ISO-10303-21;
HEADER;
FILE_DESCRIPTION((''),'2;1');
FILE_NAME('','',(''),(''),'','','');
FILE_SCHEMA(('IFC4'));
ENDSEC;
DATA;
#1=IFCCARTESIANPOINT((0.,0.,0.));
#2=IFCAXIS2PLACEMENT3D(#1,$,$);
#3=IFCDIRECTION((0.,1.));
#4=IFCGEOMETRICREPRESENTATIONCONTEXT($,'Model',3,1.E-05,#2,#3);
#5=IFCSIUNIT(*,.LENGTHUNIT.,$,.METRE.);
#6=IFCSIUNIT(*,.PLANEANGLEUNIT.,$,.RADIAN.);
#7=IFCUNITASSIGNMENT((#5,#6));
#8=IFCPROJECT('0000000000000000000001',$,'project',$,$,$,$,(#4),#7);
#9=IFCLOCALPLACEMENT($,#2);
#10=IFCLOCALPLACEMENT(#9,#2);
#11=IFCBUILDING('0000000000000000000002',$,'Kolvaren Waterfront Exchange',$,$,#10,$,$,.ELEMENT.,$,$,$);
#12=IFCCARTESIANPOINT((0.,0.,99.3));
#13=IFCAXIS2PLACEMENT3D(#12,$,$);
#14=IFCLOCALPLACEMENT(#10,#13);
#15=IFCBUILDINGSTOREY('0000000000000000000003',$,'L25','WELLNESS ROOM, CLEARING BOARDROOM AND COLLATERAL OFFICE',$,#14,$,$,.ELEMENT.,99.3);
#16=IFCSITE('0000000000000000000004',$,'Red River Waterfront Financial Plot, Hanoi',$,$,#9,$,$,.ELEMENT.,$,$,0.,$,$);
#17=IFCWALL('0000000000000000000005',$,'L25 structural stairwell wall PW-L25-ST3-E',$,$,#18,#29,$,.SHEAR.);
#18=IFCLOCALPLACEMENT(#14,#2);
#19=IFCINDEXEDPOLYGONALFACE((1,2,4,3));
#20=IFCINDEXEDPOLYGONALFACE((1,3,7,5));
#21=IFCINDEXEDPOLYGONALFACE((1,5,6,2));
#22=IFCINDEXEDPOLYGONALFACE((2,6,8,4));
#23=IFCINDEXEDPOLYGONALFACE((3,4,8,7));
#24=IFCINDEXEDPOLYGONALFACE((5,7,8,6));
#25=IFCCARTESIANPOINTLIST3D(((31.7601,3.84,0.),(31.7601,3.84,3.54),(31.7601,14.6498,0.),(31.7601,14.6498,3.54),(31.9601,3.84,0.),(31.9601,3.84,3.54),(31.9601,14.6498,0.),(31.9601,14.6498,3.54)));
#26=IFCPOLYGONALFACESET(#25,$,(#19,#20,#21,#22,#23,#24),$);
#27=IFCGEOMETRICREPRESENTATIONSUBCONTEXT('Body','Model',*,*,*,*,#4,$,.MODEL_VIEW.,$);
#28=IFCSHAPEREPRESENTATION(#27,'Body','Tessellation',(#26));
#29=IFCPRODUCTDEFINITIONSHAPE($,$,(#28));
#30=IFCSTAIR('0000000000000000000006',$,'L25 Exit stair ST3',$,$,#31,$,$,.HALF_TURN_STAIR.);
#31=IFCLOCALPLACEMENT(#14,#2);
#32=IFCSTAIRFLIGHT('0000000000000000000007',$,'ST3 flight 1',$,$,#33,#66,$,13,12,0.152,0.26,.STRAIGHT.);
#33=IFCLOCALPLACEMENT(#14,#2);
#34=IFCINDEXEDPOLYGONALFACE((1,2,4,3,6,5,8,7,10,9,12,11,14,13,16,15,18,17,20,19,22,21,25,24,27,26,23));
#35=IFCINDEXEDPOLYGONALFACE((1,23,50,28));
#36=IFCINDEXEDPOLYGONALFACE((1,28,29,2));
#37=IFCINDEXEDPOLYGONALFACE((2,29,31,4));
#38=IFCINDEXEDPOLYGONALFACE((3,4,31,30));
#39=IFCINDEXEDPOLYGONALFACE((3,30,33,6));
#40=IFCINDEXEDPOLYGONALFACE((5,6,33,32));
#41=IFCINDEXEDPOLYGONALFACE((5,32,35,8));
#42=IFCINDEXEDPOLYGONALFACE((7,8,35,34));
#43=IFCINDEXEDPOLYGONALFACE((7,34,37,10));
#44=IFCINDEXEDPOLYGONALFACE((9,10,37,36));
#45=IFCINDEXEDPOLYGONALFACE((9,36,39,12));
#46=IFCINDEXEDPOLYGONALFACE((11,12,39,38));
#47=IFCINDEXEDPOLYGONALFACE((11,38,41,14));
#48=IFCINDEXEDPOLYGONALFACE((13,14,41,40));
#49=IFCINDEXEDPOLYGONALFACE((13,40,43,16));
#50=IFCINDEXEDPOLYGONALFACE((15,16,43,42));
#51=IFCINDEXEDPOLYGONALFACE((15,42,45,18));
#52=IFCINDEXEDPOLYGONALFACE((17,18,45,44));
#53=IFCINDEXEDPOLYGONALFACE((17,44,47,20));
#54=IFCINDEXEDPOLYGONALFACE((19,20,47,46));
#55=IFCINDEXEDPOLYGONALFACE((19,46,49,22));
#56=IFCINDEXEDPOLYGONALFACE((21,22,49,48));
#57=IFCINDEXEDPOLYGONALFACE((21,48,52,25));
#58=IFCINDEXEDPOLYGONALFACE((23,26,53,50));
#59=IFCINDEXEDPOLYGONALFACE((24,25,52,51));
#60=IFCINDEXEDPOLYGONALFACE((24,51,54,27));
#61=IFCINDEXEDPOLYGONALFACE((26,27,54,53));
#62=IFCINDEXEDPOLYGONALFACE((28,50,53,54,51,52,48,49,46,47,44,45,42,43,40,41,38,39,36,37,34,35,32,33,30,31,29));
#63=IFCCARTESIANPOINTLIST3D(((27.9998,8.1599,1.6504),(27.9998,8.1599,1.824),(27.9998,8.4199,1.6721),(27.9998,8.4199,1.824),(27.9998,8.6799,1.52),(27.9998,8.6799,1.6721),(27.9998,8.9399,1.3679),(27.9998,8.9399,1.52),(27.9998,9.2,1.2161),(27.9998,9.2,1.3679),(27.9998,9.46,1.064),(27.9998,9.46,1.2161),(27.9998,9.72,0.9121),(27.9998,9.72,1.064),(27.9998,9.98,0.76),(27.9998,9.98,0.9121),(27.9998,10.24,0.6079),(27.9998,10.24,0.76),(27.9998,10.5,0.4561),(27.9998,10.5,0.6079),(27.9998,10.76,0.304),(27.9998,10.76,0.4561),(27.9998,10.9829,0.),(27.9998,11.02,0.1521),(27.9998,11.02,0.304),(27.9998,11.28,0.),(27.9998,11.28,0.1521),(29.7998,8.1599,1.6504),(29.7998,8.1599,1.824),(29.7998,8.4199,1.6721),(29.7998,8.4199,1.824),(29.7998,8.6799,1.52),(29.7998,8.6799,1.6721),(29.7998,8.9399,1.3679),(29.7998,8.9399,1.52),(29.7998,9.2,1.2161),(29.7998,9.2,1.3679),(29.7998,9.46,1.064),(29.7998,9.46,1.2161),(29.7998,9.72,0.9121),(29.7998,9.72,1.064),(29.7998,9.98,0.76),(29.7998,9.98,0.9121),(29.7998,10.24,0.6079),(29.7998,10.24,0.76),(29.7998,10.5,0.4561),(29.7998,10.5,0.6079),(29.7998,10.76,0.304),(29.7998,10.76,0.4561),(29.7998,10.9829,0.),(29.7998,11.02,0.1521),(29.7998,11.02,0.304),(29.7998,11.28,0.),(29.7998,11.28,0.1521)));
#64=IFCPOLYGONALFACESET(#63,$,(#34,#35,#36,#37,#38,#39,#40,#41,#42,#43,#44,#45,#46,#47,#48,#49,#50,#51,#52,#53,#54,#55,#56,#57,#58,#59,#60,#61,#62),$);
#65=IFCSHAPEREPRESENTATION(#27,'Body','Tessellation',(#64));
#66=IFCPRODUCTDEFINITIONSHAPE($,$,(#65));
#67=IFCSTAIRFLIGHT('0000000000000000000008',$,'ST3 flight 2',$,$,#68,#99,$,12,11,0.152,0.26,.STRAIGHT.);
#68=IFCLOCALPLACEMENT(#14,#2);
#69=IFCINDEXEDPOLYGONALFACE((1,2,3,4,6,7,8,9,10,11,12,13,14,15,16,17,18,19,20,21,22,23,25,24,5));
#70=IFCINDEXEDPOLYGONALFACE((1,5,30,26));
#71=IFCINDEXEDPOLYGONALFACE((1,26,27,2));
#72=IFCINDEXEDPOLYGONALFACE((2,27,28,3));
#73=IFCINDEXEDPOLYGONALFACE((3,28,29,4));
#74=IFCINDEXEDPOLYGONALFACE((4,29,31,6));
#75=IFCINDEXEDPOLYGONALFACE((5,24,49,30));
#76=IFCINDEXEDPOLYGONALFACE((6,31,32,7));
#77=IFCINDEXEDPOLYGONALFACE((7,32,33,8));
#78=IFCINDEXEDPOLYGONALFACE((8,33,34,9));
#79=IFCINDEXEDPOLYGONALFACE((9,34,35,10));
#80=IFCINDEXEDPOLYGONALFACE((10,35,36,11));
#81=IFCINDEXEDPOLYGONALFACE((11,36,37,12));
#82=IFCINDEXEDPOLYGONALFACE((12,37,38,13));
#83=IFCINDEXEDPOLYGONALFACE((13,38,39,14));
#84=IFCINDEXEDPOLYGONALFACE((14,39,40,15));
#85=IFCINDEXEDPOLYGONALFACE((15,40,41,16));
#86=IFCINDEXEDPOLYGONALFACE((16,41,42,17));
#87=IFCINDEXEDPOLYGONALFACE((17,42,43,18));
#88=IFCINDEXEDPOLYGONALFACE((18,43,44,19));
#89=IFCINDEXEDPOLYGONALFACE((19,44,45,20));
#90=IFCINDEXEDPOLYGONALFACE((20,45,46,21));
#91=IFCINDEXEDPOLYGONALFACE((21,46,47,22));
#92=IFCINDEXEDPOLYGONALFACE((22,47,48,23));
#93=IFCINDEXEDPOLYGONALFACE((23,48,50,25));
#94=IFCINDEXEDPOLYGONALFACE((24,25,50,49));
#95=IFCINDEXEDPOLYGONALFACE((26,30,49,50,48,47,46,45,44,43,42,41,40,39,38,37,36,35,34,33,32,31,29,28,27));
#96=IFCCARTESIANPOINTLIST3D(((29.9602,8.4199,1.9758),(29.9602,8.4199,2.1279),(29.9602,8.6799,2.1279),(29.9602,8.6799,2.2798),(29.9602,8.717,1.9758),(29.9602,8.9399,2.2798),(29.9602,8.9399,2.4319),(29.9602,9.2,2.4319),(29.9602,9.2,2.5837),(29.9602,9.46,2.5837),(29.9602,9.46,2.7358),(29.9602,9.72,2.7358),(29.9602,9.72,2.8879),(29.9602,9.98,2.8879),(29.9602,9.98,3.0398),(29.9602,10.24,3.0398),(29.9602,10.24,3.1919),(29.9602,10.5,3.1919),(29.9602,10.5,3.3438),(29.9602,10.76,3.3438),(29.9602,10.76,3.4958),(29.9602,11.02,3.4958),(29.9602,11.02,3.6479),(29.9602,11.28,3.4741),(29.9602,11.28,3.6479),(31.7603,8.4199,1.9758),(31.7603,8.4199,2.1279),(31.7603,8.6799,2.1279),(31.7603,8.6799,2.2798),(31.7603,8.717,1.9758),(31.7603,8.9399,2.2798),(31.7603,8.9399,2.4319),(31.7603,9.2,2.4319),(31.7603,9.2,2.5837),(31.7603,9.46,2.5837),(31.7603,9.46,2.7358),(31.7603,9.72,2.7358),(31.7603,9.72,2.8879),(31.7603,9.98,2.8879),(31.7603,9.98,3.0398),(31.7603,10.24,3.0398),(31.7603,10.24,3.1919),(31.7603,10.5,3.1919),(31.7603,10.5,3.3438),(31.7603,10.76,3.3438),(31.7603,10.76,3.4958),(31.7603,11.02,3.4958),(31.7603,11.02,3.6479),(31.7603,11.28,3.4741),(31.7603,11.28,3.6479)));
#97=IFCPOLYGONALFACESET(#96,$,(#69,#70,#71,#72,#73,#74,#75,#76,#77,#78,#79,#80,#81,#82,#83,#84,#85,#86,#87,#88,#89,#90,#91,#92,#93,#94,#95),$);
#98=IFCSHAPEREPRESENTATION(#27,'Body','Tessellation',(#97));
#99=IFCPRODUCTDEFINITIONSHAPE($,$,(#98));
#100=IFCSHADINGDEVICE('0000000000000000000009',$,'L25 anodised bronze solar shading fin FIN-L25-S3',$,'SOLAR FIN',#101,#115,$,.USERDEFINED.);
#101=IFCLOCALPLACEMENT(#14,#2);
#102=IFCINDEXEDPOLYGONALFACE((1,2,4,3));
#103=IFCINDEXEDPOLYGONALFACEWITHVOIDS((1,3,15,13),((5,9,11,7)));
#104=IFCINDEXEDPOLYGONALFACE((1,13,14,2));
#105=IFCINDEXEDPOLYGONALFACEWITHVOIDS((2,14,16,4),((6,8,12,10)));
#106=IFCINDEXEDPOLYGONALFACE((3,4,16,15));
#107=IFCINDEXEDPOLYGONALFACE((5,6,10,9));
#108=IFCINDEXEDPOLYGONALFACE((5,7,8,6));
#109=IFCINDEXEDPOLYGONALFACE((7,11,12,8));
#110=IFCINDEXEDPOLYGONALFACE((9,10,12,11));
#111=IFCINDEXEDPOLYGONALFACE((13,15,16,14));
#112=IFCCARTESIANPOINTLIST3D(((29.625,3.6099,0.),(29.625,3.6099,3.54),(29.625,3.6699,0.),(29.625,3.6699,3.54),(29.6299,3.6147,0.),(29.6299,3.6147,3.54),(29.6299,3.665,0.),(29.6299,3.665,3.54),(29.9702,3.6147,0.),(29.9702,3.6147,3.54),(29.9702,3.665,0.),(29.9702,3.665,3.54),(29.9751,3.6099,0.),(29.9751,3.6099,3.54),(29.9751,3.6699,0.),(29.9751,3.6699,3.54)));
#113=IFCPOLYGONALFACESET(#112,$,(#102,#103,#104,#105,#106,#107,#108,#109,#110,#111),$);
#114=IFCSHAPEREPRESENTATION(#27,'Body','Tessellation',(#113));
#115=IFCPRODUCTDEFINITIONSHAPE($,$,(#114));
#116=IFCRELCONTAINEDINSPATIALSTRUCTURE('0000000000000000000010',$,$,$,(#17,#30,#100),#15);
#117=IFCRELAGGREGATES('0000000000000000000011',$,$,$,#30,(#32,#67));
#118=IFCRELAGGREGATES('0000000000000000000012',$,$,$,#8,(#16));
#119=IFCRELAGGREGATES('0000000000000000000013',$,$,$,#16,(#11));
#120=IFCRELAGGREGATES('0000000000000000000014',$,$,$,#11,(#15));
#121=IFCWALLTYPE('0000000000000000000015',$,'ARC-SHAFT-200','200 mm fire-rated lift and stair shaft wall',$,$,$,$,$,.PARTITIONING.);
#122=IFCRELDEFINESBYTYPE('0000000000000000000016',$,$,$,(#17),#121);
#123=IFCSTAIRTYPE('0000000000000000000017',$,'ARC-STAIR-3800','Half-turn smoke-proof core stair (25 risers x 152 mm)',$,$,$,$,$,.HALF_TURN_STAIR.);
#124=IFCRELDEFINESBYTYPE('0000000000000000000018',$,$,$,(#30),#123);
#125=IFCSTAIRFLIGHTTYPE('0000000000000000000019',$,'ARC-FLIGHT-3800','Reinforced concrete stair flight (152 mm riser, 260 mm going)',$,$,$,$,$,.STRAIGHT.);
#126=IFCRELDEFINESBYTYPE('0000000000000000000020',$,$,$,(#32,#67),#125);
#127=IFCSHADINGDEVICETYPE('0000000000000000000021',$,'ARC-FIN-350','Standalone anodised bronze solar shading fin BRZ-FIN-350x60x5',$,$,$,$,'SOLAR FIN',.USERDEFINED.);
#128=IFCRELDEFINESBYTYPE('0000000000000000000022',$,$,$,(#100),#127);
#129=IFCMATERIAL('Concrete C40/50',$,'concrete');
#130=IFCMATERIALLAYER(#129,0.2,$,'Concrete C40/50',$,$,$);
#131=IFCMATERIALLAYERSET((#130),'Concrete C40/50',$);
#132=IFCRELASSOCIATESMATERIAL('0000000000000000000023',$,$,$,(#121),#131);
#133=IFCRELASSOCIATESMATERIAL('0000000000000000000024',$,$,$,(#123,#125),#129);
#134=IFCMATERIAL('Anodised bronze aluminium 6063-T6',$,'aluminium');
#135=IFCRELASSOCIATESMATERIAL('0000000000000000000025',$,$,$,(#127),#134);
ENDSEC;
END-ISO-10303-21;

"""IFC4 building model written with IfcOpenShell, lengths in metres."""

from ifc_helpers import new_model, si_unit, direction, frame, frame_2d, origin, origin_2d, place, context, subcontext, project, spatial, polyline, rectangle, hollow_rectangle, outline, extrude, material, layer, layer_set, material_profile, profile_set, type_object, element, aggregate, save


model = new_model("IFC4")

# Units and contexts
model_context = context("Model", 3, precision=1e-05, world=origin(), true_north=direction((0.0, 1.0)))
body_context = subcontext(model_context, "Body", "Model", "MODEL_VIEW")
ifc_project = project(units=[si_unit("LENGTHUNIT", "METRE"), si_unit("PLANEANGLEUNIT", "RADIAN")], contexts=[model_context])

# Site, building, storey
site_placement = place(None, origin())
site = spatial("IfcSite", under=ifc_project, at=site_placement, Name="Red River Waterfront Financial Plot, Hanoi", CompositionType="ELEMENT", RefElevation=0.0)
building_placement = place(site_placement, origin())
building = spatial("IfcBuilding", under=site, at=building_placement, Name="Kolvaren Waterfront Exchange", CompositionType="ELEMENT")
storey_placement = place(building_placement, frame((0.0, 0.0, 99.3)))
storey = spatial("IfcBuildingStorey", under=building, at=storey_placement, Name="L25", Description="WELLNESS ROOM, CLEARING BOARDROOM AND COLLATERAL OFFICE", CompositionType="ELEMENT", Elevation=99.3)

# Shared definitions
ifc_material_1 = material(Name="Anodised bronze aluminium 6063-T6", Category="aluminium")

# Wall
ifc_material_2 = material(Name="Concrete C40/50", Category="concrete")
ifc_layer_1 = layer(ifc_material_2, 0.2, Name="Concrete C40/50")
ifc_layer_set_1 = layer_set([ifc_layer_1], Name="Concrete C40/50")
wall_type = type_object("IfcWallType", Name="ARC-SHAFT-200", Description="200 mm fire-rated lift and stair shaft wall", PredefinedType="PARTITIONING", material=ifc_layer_set_1)
wall_placement = place(storey_placement, frame((31.8601, 3.8401, 0.0), z_axis=(0.0, 0.0, 1.0), x_axis=(0.0, 1.0, 0.0)))
element("IfcWall", 1, at=wall_placement, inside=storey, type_object=wall_type, Name="L25 structural stairwell wall PW-L25-ST3-E", PredefinedType="SHEAR", context=body_context, shape_type="SweptSolid", body=[
    extrude(rectangle(XDim=10.8098, YDim=0.2, at=frame_2d((5.4048, 0.0))), origin(), (0.0, 0.0, 1.0), 3.54),
])

# Stair, stair flights
stair_type = type_object("IfcStairType", Name="ARC-STAIR-3800", Description="Half-turn smoke-proof core stair (25 risers x 152 mm)", PredefinedType="HALF_TURN_STAIR", material=ifc_material_2)
stair_placement = place(storey_placement, origin())
stair = element("IfcStair", 2, at=stair_placement, inside=storey, type_object=stair_type, Name="L25 Exit stair ST3", PredefinedType="HALF_TURN_STAIR")
stair_flight_type = type_object("IfcStairFlightType", Name="ARC-FLIGHT-3800", Description="Reinforced concrete stair flight (152 mm riser, 260 mm going)", PredefinedType="STRAIGHT", material=ifc_material_2)
stair_flight_1_placement = place(storey_placement, frame((28.8999, 11.28, 0.0), z_axis=(0.0, 0.0, 1.0), x_axis=(0.0, -1.0, 0.0)))
stair_flight_1 = element("IfcStairFlight", 3, at=stair_flight_1_placement, type_object=stair_flight_type, Name="ST3 flight 1", NumberOfRisers=13, NumberOfTreads=12, PredefinedType="STRAIGHT", RiserHeight=0.152, TreadLength=0.26, context=body_context, shape_type="SweptSolid", body=[
    extrude(outline(polyline([(0.0, 0.0), (0.0, 0.1521), (0.26, 0.1521), (0.26, 0.304), (0.52, 0.304), (0.52, 0.4561), (0.78, 0.4561), (0.78, 0.6079), (1.04, 0.6079), (1.04, 0.76), (1.3, 0.76), (1.3, 0.9121), (1.5601, 0.9121), (1.5601, 1.064), (1.8201, 1.064), (1.8201, 1.2161), (2.0801, 1.2161), (2.0801, 1.3679), (2.3401, 1.3679), (2.3401, 1.52), (2.6001, 1.52), (2.6001, 1.6721), (2.8601, 1.6721), (2.8601, 1.824), (3.1201, 1.824), (3.1201, 1.9761), (3.1201, 1.6504), (0.2971, 0.0), (0.0, 0.0)])), frame((0.0, 0.8999, 0.0), z_axis=(0.0, -1.0, 0.0), x_axis=(1.0, 0.0, 0.0)), (0.0, 0.0, 1.0), 1.8),
])
stair_flight_2_placement = place(storey_placement, frame((30.8601, 8.4199, 1.9758), z_axis=(0.0, 0.0, 1.0), x_axis=(0.0, 1.0, 0.0)))
stair_flight_2 = element("IfcStairFlight", 4, at=stair_flight_2_placement, type_object=stair_flight_type, Name="ST3 flight 2", NumberOfRisers=12, NumberOfTreads=11, PredefinedType="STRAIGHT", RiserHeight=0.152, TreadLength=0.26, context=body_context, shape_type="SweptSolid", body=[
    extrude(outline(polyline([(0.0, 0.0), (0.0, 0.1521), (0.26, 0.1521), (0.26, 0.304), (0.52, 0.304), (0.52, 0.4561), (0.78, 0.4561), (0.78, 0.6079), (1.04, 0.6079), (1.04, 0.76), (1.3, 0.76), (1.3, 0.9121), (1.5601, 0.9121), (1.5601, 1.064), (1.8201, 1.064), (1.8201, 1.2161), (2.0801, 1.2161), (2.0801, 1.3679), (2.3401, 1.3679), (2.3401, 1.52), (2.6001, 1.52), (2.6001, 1.6721), (2.8601, 1.6721), (2.8601, 1.824), (2.8601, 1.4983), (0.2971, 0.0), (0.0, 0.0)])), frame((0.0, 0.8999, 0.0), z_axis=(0.0, -1.0, 0.0), x_axis=(1.0, 0.0, 0.0)), (0.0, 0.0, 1.0), 1.8),
])
aggregate(stair, [stair_flight_1, stair_flight_2])

# Shading device
ifc_material_profile_1 = material_profile(ifc_material_1, hollow_rectangle(XDim=0.0601, YDim=0.3501, WallThickness=0.0049, at=origin_2d()), Name="BRZ-FIN-350x60x5")
ifc_profile_set_1 = profile_set([ifc_material_profile_1], Name="Anodised bronze aluminium 6063-T6")
shading_device_type = type_object("IfcShadingDeviceType", Name="ARC-FIN-350", Description="Standalone anodised bronze solar shading fin BRZ-FIN-350x60x5", ElementType="SOLAR FIN", PredefinedType="USERDEFINED", material=ifc_profile_set_1)
shading_device_placement = place(storey_placement, frame((29.8, 3.6399, 0.0), z_axis=(0.0, 0.0, 1.0), x_axis=(0.0, -1.0, 0.0)))
element("IfcShadingDevice", 5, at=shading_device_placement, inside=storey, type_object=shading_device_type, Name="L25 anodised bronze solar shading fin FIN-L25-S3", ObjectType="SOLAR FIN", PredefinedType="USERDEFINED", context=body_context, shape_type="SweptSolid", body=[
    extrude(hollow_rectangle(XDim=0.0601, YDim=0.3501, WallThickness=0.0049, at=origin_2d()), origin(), (0.0, 0.0, 1.0), 3.54),
])

save(model, "model.ifc")
